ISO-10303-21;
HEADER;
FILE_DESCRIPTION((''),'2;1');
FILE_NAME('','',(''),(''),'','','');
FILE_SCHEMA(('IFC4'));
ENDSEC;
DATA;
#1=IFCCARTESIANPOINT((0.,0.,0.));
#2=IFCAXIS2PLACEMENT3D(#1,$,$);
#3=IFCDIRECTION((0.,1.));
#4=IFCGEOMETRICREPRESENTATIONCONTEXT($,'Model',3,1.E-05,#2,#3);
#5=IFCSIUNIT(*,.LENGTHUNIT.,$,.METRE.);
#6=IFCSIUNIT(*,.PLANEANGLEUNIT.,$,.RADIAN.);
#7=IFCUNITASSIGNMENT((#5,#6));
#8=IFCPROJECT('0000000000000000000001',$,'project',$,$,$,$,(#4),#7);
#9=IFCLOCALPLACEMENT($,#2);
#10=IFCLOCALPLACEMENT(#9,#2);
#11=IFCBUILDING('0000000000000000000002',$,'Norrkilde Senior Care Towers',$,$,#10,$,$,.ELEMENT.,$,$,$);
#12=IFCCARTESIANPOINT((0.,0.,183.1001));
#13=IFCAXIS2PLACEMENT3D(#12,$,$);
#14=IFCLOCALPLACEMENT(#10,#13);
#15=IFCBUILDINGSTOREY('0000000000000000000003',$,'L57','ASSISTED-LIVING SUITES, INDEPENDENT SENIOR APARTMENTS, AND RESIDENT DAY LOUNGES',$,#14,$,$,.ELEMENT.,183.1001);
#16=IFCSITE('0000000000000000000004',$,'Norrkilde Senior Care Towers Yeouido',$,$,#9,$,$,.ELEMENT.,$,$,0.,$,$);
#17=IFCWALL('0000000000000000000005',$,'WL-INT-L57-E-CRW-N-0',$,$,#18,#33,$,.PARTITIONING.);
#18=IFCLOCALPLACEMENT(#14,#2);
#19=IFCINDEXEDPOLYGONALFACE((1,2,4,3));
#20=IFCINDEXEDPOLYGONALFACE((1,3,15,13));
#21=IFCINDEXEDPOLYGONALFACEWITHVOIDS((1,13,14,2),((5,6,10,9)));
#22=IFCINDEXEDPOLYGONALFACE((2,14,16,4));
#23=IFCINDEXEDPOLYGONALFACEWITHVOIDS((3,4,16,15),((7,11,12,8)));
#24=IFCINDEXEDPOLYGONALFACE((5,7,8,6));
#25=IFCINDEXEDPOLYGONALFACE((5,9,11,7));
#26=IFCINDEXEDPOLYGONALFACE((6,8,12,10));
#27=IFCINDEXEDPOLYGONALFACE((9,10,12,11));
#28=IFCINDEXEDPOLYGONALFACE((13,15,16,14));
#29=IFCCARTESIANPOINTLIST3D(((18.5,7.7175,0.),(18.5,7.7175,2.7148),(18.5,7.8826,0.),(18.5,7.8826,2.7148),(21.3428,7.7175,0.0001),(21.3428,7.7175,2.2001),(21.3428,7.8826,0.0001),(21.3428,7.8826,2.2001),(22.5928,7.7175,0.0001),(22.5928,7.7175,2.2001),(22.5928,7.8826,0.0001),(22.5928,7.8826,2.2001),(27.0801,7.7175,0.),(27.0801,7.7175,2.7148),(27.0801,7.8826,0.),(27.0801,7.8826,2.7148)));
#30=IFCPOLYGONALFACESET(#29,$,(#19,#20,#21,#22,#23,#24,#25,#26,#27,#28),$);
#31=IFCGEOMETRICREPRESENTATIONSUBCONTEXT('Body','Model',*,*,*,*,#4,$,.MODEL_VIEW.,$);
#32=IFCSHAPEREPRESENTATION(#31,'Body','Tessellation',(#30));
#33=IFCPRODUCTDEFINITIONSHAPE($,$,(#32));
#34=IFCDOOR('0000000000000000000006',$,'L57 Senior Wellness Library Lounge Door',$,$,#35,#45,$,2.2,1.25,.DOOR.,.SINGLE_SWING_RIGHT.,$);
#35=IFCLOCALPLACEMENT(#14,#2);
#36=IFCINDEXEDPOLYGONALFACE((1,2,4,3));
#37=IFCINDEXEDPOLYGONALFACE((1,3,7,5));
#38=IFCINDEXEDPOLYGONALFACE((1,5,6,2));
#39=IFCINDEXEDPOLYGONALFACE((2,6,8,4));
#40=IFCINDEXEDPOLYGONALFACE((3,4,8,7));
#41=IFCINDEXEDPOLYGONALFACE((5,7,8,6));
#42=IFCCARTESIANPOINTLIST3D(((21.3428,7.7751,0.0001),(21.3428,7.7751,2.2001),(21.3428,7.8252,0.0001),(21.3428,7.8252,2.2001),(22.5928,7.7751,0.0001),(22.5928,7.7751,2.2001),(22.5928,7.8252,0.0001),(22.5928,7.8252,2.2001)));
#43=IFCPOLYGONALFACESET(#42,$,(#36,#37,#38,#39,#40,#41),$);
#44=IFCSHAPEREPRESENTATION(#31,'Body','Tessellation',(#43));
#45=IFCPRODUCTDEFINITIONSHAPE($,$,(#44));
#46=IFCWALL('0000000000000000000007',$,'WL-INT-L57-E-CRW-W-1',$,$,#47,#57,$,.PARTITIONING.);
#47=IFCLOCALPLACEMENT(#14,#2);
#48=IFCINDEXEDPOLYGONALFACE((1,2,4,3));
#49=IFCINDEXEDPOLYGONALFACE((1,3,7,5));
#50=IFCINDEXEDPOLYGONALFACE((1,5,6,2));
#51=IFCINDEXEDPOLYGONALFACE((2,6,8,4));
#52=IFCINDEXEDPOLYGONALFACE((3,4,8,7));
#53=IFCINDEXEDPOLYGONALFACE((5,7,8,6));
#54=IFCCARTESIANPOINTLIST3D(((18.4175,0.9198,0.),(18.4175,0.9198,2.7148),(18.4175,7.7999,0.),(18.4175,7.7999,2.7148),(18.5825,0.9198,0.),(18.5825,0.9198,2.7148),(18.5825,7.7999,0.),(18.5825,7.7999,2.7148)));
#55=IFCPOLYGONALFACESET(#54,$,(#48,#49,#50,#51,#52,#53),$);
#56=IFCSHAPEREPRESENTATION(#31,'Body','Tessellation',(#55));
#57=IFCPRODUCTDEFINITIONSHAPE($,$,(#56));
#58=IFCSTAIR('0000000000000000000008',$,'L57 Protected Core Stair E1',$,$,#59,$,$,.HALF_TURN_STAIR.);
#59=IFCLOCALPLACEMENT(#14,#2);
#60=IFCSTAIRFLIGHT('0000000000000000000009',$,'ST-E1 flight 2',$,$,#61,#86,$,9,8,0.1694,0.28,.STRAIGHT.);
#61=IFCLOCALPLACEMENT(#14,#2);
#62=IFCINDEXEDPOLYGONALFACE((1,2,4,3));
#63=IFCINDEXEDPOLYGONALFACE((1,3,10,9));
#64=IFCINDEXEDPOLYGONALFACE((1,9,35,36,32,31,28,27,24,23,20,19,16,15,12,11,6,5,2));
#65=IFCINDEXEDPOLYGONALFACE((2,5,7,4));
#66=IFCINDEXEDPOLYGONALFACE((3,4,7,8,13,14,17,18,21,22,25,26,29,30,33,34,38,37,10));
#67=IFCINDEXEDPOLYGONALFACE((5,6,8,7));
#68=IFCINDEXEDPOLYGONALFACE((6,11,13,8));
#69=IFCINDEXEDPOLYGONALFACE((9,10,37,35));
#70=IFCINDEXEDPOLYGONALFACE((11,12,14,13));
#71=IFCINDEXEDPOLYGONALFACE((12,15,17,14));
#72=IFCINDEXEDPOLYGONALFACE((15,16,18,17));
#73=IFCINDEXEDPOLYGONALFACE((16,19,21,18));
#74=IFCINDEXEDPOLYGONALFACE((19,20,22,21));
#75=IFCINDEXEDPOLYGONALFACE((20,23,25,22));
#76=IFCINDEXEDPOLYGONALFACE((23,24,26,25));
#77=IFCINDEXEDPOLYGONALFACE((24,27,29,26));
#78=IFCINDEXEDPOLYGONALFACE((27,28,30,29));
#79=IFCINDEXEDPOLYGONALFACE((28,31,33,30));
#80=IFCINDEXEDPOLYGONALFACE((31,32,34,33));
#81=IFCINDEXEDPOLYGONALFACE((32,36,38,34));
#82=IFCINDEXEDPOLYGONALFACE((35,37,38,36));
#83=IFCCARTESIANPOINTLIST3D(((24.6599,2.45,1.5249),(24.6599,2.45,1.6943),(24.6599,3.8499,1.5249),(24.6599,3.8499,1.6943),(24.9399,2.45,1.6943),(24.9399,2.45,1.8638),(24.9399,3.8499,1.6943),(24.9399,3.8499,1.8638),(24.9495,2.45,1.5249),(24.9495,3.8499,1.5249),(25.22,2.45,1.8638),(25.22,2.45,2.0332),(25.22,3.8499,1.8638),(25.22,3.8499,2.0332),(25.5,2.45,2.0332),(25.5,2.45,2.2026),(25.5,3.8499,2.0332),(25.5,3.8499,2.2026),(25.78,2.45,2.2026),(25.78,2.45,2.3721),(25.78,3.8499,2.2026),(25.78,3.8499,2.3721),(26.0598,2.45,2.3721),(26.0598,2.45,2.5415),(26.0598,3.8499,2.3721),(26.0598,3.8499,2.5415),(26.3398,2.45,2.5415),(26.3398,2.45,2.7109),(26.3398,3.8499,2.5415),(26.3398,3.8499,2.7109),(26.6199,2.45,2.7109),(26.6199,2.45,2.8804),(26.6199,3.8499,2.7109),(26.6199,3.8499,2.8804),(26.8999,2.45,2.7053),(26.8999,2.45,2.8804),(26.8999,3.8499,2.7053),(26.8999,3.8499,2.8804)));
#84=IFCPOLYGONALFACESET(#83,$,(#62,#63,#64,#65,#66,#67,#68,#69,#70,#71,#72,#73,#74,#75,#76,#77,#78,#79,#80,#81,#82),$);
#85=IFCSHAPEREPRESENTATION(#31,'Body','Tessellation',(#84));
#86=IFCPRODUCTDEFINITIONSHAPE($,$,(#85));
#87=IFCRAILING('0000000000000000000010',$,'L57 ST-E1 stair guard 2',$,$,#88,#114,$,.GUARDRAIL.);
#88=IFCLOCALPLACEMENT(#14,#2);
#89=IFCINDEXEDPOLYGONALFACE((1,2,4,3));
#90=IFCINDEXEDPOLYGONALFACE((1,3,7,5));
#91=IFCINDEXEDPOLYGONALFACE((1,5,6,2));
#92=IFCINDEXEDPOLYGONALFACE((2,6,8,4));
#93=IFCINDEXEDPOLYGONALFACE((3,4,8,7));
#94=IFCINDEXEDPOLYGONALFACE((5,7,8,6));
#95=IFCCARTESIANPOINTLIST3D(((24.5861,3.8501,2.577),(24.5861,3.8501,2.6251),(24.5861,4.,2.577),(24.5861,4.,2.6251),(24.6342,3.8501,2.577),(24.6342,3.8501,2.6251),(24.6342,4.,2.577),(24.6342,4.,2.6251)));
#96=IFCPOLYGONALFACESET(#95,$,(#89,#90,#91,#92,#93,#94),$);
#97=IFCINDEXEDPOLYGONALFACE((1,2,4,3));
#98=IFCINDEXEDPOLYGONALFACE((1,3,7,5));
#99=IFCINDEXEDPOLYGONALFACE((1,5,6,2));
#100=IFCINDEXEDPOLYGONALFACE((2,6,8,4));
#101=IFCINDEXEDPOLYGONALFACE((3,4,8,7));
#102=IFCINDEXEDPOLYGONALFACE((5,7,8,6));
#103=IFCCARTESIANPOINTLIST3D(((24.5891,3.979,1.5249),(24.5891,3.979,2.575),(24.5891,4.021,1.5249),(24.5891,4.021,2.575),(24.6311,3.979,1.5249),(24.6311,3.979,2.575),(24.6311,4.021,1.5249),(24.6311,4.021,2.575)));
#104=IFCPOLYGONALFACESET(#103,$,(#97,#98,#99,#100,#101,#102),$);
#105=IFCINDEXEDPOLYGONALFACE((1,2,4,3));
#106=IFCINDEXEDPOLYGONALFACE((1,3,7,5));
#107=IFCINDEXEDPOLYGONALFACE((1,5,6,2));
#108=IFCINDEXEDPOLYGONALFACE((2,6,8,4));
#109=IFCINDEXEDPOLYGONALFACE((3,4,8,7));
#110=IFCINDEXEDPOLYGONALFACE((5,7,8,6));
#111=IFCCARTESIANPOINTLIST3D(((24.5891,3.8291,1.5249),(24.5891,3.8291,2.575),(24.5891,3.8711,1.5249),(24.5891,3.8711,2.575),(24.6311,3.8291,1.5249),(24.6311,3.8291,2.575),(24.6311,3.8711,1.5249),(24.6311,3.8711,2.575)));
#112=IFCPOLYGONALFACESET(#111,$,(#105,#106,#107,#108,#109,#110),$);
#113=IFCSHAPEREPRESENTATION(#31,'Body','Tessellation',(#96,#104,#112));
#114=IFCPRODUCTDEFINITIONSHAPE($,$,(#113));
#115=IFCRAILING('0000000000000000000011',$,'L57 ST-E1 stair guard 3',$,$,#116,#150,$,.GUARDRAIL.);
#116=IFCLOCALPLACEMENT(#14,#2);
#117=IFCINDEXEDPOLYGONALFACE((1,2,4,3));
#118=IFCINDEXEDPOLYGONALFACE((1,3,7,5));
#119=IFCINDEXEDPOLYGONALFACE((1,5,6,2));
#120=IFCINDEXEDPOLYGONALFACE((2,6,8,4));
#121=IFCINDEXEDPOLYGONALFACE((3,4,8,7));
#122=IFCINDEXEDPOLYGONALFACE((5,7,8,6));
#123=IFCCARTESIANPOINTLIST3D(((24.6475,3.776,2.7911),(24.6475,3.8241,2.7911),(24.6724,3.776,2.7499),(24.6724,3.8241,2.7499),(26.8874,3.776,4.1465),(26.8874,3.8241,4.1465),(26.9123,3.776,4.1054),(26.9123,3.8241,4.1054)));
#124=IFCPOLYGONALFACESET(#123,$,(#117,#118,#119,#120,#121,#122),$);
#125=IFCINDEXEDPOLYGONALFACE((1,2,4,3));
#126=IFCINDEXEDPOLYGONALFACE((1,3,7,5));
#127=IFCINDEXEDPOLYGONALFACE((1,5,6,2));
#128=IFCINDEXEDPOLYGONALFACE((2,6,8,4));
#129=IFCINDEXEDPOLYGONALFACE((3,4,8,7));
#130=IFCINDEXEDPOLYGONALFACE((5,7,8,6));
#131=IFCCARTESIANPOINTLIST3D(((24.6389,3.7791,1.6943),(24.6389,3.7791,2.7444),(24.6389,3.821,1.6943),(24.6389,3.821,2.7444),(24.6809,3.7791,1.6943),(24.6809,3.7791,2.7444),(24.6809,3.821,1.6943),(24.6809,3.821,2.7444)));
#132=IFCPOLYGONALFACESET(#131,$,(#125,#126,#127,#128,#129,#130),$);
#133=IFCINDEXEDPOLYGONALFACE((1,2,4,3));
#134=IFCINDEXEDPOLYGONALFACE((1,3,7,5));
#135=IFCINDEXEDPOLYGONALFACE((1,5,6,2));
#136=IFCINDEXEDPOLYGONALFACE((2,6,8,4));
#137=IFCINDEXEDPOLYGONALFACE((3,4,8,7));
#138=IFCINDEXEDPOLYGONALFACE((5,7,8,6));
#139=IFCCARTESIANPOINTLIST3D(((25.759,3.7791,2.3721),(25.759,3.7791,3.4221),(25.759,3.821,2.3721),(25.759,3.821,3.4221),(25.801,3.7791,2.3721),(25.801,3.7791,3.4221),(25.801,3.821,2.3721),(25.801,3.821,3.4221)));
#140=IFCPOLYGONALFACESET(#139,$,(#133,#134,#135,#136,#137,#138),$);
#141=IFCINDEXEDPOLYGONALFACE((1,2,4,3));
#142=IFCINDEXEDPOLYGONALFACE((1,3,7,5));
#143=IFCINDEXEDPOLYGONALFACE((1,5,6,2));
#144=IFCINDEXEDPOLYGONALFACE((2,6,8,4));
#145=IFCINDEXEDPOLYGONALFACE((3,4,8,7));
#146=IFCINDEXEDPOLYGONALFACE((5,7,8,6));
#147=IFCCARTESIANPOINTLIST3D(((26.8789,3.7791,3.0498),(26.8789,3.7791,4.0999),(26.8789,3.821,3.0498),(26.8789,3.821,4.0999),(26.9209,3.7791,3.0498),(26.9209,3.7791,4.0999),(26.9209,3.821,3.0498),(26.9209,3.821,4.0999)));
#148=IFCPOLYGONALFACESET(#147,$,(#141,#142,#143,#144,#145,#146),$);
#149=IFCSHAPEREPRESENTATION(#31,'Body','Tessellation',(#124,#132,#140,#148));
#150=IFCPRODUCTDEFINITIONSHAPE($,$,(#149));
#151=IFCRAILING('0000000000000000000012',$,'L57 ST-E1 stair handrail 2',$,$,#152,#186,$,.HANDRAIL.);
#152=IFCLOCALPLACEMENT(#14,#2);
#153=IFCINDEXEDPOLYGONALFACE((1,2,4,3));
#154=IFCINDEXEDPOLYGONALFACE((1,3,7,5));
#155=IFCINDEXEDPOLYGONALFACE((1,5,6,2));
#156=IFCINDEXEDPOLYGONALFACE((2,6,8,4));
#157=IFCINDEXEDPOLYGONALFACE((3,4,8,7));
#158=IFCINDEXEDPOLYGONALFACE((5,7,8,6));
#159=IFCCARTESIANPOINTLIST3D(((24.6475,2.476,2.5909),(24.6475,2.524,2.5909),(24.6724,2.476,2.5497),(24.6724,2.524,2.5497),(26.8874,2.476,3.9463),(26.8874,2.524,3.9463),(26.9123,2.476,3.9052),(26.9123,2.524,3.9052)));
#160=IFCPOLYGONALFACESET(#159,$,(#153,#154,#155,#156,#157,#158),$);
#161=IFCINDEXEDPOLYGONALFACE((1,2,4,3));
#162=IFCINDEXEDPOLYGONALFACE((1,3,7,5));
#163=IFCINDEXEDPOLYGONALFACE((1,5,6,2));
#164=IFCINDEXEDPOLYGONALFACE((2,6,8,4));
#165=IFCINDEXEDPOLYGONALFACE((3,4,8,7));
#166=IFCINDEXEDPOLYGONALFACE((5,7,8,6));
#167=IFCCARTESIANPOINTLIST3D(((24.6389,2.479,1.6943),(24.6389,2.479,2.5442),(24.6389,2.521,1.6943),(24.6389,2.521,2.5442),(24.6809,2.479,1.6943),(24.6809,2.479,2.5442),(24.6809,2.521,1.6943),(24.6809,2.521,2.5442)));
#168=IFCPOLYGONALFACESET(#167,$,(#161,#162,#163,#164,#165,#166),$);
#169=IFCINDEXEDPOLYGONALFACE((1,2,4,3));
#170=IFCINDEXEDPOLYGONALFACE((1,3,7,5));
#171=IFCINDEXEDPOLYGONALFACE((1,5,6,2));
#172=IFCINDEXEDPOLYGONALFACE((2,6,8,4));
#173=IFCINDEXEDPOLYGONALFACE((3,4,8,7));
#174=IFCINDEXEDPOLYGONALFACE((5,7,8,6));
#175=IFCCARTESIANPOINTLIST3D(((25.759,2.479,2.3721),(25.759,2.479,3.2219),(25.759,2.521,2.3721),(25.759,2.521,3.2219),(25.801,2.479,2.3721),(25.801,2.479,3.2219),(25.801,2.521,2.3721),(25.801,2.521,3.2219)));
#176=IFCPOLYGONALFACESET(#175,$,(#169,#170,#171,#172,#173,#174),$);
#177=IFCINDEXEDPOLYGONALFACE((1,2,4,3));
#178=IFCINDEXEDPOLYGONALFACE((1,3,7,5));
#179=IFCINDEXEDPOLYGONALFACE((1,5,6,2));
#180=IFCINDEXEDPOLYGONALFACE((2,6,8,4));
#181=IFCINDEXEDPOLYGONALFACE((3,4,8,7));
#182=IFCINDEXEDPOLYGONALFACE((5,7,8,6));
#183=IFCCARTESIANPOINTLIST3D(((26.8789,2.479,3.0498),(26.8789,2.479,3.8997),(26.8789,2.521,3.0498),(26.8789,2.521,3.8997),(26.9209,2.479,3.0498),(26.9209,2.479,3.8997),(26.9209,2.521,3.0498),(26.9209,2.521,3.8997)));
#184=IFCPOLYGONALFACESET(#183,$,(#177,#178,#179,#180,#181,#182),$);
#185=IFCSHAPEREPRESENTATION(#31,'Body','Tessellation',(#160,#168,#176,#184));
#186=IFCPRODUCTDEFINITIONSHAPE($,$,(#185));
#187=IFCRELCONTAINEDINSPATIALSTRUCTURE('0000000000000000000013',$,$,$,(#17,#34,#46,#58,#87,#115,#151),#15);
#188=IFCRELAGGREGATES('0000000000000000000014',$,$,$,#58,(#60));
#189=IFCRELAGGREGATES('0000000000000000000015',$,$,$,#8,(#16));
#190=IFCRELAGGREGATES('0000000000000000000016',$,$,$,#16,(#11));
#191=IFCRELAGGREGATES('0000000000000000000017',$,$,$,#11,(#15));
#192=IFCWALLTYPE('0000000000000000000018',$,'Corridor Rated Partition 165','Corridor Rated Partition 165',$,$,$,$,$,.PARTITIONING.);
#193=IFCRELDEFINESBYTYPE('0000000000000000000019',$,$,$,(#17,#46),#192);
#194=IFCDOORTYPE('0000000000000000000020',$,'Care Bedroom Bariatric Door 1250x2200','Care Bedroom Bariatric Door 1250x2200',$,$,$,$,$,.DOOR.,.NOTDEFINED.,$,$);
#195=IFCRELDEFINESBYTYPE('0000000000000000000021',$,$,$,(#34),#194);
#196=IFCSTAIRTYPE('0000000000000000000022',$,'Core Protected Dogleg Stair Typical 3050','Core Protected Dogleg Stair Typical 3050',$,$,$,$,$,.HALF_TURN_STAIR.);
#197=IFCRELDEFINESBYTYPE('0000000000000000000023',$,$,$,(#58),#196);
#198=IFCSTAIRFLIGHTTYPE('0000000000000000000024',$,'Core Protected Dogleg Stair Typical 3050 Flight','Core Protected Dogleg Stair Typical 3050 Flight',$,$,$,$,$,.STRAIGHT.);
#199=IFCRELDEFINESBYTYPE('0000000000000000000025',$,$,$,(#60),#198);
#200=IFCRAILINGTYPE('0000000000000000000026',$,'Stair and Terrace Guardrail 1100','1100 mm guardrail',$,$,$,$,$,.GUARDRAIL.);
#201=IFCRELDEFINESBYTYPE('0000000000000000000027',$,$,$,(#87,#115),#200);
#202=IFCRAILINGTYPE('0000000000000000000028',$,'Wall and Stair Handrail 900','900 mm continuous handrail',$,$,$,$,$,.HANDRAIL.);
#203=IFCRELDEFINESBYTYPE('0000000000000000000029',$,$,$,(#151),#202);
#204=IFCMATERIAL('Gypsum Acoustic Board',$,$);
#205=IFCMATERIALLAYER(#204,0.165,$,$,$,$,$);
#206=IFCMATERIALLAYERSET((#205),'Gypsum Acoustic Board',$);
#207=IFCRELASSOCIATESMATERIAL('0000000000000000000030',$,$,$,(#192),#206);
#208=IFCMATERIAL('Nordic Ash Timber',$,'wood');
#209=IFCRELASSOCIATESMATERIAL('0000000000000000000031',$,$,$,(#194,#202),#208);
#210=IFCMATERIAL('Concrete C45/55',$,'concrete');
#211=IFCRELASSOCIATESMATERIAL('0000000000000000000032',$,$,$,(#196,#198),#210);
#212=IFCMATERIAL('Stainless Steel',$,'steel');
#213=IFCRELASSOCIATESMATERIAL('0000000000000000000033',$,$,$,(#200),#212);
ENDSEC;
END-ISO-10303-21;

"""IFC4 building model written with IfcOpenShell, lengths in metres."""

from ifc_helpers import new_model, si_unit, direction, frame, frame_2d, origin, origin_2d, place, context, subcontext, project, spatial, polyline, rectangle, outline, extrude, source, transform, mapped, material, layer, layer_set, type_object, type_shapes, element, fill, aggregate, save


model = new_model("IFC4")

# Units and contexts
model_context = context("Model", 3, precision=1e-05, world=origin(), true_north=direction((0.0, 1.0)))
body_context = subcontext(model_context, "Body", "Model", "MODEL_VIEW")
ifc_project = project(units=[si_unit("LENGTHUNIT", "METRE"), si_unit("PLANEANGLEUNIT", "RADIAN")], contexts=[model_context])

# Site, building, storey
site_placement = place(None, origin())
site = spatial("IfcSite", under=ifc_project, at=site_placement, Name="Norrkilde Senior Care Towers Yeouido", CompositionType="ELEMENT", RefElevation=0.0)
building_placement = place(site_placement, origin())
building = spatial("IfcBuilding", under=site, at=building_placement, Name="Norrkilde Senior Care Towers", CompositionType="ELEMENT")
storey_placement = place(building_placement, frame((0.0, 0.0, 183.1001)))
storey = spatial("IfcBuildingStorey", under=building, at=storey_placement, Name="L57", Description="ASSISTED-LIVING SUITES, INDEPENDENT SENIOR APARTMENTS, AND RESIDENT DAY LOUNGES", CompositionType="ELEMENT", Elevation=183.1001)

# Shared definitions
ifc_material_1 = material(Name="Concrete C45/55", Category="concrete")

# Wall, opening, door
ifc_material_2 = material(Name="Gypsum Acoustic Board")
ifc_layer_1 = layer(ifc_material_2, 0.165)
ifc_layer_set_1 = layer_set([ifc_layer_1], Name="Gypsum Acoustic Board")
wall_type_1 = type_object("IfcWallType", Name="Corridor Rated Partition 165", Description="Corridor Rated Partition 165", PredefinedType="PARTITIONING", material=ifc_layer_set_1)
shared_shape_1 = source(origin(), body_context, "Body", "SweptSolid", [
    extrude(rectangle(XDim=8.5801, YDim=0.165, at=frame_2d((4.29, 0.0))), origin(), (0.0, 0.0, 1.0), 2.7148),
])
wall_1_placement = place(storey_placement, frame((18.5, 7.8, 0.0), z_axis=(0.0, 0.0, 1.0), x_axis=(1.0, 0.0, 0.0)))
wall_1 = element("IfcWall", 1, at=wall_1_placement, inside=storey, type_object=wall_type_1, Name="WL-INT-L57-E-CRW-N-0", PredefinedType="PARTITIONING", context=body_context, shape_type="MappedRepresentation", body=[
    mapped(shared_shape_1, transform((0.0, 0.0, 0.0), x_axis=(1.0, 0.0, 0.0), y_axis=(0.0, 1.0, 0.0), z_axis=(0.0, 0.0, 1.0), scale=1.0)),
])
opening_1_placement = place(wall_1_placement, frame((2.8428, 0.0, 0.0)))
opening_1 = element("IfcOpeningElement", 2, at=opening_1_placement, cuts=wall_1, PredefinedType="OPENING", context=body_context, shape_type="SweptSolid", body=[
    extrude(rectangle(XDim=1.25, YDim=2.2, at=frame_2d((0.625, 1.1001))), frame((0.0, 0.0925, 0.0), z_axis=(0.0, -1.0, 0.0), x_axis=(1.0, 0.0, 0.0)), (0.0, 0.0, 1.0), 0.1851),
])
ifc_material_3 = material(Name="Nordic Ash Timber", Category="wood")
door_type_1 = type_object("IfcDoorType", Name="Care Bedroom Bariatric Door 1250x2200", Description="Care Bedroom Bariatric Door 1250x2200", OperationType="NOTDEFINED", PredefinedType="DOOR", material=ifc_material_3)
shared_shape_2 = source(origin(), body_context, "Body", "SweptSolid", [
    extrude(rectangle(XDim=1.25, YDim=2.2, at=frame_2d((0.625, 1.1001))), frame((0.0, 0.0249, 0.0), z_axis=(0.0, -1.0, 0.0), x_axis=(1.0, 0.0, 0.0)), (0.0, 0.0, 1.0), 0.05),
])
type_shapes(door_type_1, [shared_shape_2])
door_1_placement = place(opening_1_placement, frame((1.25, 0.0, 0.0), z_axis=(0.0, 0.0, 1.0), x_axis=(-1.0, 0.0, 0.0)))
door_1 = element("IfcDoor", 3, at=door_1_placement, inside=storey, type_object=door_type_1, Name="L57 Senior Wellness Library Lounge Door", OperationType="SINGLE_SWING_RIGHT", OverallHeight=2.2, OverallWidth=1.25, PredefinedType="DOOR", context=body_context, shape_type="MappedRepresentation", body=[
    mapped(shared_shape_2, transform((0.0, 0.0, 0.0), x_axis=(1.0, 0.0, 0.0), y_axis=(0.0, 1.0, 0.0), z_axis=(0.0, 0.0, 1.0), scale=1.0)),
])
fill(opening_1, door_1)

# Wall
shared_shape_3 = source(origin(), body_context, "Body", "SweptSolid", [
    extrude(rectangle(XDim=6.8801, YDim=0.165, at=frame_2d((3.4399, 0.0))), origin(), (0.0, 0.0, 1.0), 2.7148),
])
type_shapes(wall_type_1, [shared_shape_1, shared_shape_3])
wall_2_placement = place(storey_placement, frame((18.5, 0.9199, 0.0), z_axis=(0.0, 0.0, 1.0), x_axis=(0.0, 1.0, 0.0)))
element("IfcWall", 4, at=wall_2_placement, inside=storey, type_object=wall_type_1, Name="WL-INT-L57-E-CRW-W-1", PredefinedType="PARTITIONING", context=body_context, shape_type="MappedRepresentation", body=[
    mapped(shared_shape_3, transform((0.0, 0.0, 0.0), x_axis=(1.0, 0.0, 0.0), y_axis=(0.0, 1.0, 0.0), z_axis=(0.0, 0.0, 1.0), scale=1.0)),
])

# Stair, stair flight
stair_type = type_object("IfcStairType", Name="Core Protected Dogleg Stair Typical 3050", Description="Core Protected Dogleg Stair Typical 3050", PredefinedType="HALF_TURN_STAIR", material=ifc_material_1)
stair_placement = place(storey_placement, origin())
stair = element("IfcStair", 5, at=stair_placement, inside=storey, type_object=stair_type, Name="L57 Protected Core Stair E1", PredefinedType="HALF_TURN_STAIR")
stair_flight_type = type_object("IfcStairFlightType", Name="Core Protected Dogleg Stair Typical 3050 Flight", Description="Core Protected Dogleg Stair Typical 3050 Flight", PredefinedType="STRAIGHT", material=ifc_material_1)
stair_flight_placement = place(storey_placement, frame((24.6599, 3.1499, 1.5249), z_axis=(0.0, 0.0, 1.0), x_axis=(1.0, 0.0, 0.0)))
stair_flight = element("IfcStairFlight", 6, at=stair_flight_placement, type_object=stair_flight_type, Name="ST-E1 flight 2", NumberOfRisers=9, NumberOfTreads=8, PredefinedType="STRAIGHT", RiserHeight=0.1694, TreadLength=0.28, context=body_context, shape_type="SweptSolid", body=[
    extrude(outline(polyline([(0.0, 0.0), (0.0, 0.1694), (0.28, 0.1694), (0.28, 0.3389), (0.5601, 0.3389), (0.5601, 0.5083), (0.8401, 0.5083), (0.8401, 0.6777), (1.1201, 0.6777), (1.1201, 0.8472), (1.3999, 0.8472), (1.3999, 1.0166), (1.6799, 1.0166), (1.6799, 1.186), (1.96, 1.186), (1.96, 1.3555), (2.24, 1.3555), (2.24, 1.5249), (2.24, 1.1804), (0.2896, 0.0), (0.0, 0.0)])), frame((0.0, 0.7, 0.0), z_axis=(0.0, -1.0, 0.0), x_axis=(1.0, 0.0, 0.0)), (0.0, 0.0, 1.0), 1.3999),
])
aggregate(stair, [stair_flight])

# Railings
ifc_material_4 = material(Name="Stainless Steel", Category="steel")
railing_type_1 = type_object("IfcRailingType", Name="Stair and Terrace Guardrail 1100", Description="1100 mm guardrail", PredefinedType="GUARDRAIL", material=ifc_material_4)
railing_1_placement = place(storey_placement, frame((24.6101, 4.0, 1.5249)))
element("IfcRailing", 7, at=railing_1_placement, inside=storey, type_object=railing_type_1, Name="L57 ST-E1 stair guard 2", PredefinedType="GUARDRAIL", context=body_context, shape_type="SweptSolid", body=[
    extrude(rectangle(XDim=0.0481, YDim=0.0481, at=origin_2d()), frame((0.0, 0.0, 1.0762), z_axis=(0.0, -1.0, 0.0), x_axis=(1.0, 0.0, 0.0)), (0.0, 0.0, 1.0), 0.1499),
    extrude(rectangle(XDim=0.042, YDim=0.042, at=origin_2d()), origin(), (0.0, 0.0, 1.0), 1.05),
    extrude(rectangle(XDim=0.042, YDim=0.042, at=origin_2d()), frame((0.0, -0.1499, 0.0)), (0.0, 0.0, 1.0), 1.05),
])
railing_2_placement = place(storey_placement, frame((24.6599, 3.8, 1.6943)))
element("IfcRailing", 8, at=railing_2_placement, inside=storey, type_object=railing_type_1, Name="L57 ST-E1 stair guard 3", PredefinedType="GUARDRAIL", context=body_context, shape_type="SweptSolid", body=[
    extrude(rectangle(XDim=0.0481, YDim=0.0481, at=origin_2d()), frame((0.0, 0.0, 1.0762), z_axis=(0.855553, 0.0, 0.517715), x_axis=(0.0, 1.0, 0.0)), (0.0, 0.0, 1.0), 2.6182),
    extrude(rectangle(XDim=0.042, YDim=0.042, at=origin_2d()), origin(), (0.0, 0.0, 1.0), 1.05),
    extrude(rectangle(XDim=0.042, YDim=0.042, at=origin_2d()), frame((1.1201, 0.0, 0.6777)), (0.0, 0.0, 1.0), 1.05),
    extrude(rectangle(XDim=0.042, YDim=0.042, at=origin_2d()), frame((2.24, 0.0, 1.3555)), (0.0, 0.0, 1.0), 1.05),
])
railing_type_2 = type_object("IfcRailingType", Name="Wall and Stair Handrail 900", Description="900 mm continuous handrail", PredefinedType="HANDRAIL", material=ifc_material_3)
railing_3_placement = place(storey_placement, frame((24.6599, 2.5, 1.6943)))
element("IfcRailing", 9, at=railing_3_placement, inside=storey, type_object=railing_type_2, Name="L57 ST-E1 stair handrail 2", PredefinedType="HANDRAIL", context=body_context, shape_type="SweptSolid", body=[
    extrude(rectangle(XDim=0.0481, YDim=0.0481, at=origin_2d()), frame((0.0, 0.0, 0.876), z_axis=(0.855553, 0.0, 0.517715), x_axis=(0.0, 1.0, 0.0)), (0.0, 0.0, 1.0), 2.6182),
    extrude(rectangle(XDim=0.042, YDim=0.042, at=origin_2d()), origin(), (0.0, 0.0, 1.0), 0.8499),
    extrude(rectangle(XDim=0.042, YDim=0.042, at=origin_2d()), frame((1.1201, 0.0, 0.6777)), (0.0, 0.0, 1.0), 0.8499),
    extrude(rectangle(XDim=0.042, YDim=0.042, at=origin_2d()), frame((2.24, 0.0, 1.3555)), (0.0, 0.0, 1.0), 0.8499),
])

save(model, "model.ifc")
